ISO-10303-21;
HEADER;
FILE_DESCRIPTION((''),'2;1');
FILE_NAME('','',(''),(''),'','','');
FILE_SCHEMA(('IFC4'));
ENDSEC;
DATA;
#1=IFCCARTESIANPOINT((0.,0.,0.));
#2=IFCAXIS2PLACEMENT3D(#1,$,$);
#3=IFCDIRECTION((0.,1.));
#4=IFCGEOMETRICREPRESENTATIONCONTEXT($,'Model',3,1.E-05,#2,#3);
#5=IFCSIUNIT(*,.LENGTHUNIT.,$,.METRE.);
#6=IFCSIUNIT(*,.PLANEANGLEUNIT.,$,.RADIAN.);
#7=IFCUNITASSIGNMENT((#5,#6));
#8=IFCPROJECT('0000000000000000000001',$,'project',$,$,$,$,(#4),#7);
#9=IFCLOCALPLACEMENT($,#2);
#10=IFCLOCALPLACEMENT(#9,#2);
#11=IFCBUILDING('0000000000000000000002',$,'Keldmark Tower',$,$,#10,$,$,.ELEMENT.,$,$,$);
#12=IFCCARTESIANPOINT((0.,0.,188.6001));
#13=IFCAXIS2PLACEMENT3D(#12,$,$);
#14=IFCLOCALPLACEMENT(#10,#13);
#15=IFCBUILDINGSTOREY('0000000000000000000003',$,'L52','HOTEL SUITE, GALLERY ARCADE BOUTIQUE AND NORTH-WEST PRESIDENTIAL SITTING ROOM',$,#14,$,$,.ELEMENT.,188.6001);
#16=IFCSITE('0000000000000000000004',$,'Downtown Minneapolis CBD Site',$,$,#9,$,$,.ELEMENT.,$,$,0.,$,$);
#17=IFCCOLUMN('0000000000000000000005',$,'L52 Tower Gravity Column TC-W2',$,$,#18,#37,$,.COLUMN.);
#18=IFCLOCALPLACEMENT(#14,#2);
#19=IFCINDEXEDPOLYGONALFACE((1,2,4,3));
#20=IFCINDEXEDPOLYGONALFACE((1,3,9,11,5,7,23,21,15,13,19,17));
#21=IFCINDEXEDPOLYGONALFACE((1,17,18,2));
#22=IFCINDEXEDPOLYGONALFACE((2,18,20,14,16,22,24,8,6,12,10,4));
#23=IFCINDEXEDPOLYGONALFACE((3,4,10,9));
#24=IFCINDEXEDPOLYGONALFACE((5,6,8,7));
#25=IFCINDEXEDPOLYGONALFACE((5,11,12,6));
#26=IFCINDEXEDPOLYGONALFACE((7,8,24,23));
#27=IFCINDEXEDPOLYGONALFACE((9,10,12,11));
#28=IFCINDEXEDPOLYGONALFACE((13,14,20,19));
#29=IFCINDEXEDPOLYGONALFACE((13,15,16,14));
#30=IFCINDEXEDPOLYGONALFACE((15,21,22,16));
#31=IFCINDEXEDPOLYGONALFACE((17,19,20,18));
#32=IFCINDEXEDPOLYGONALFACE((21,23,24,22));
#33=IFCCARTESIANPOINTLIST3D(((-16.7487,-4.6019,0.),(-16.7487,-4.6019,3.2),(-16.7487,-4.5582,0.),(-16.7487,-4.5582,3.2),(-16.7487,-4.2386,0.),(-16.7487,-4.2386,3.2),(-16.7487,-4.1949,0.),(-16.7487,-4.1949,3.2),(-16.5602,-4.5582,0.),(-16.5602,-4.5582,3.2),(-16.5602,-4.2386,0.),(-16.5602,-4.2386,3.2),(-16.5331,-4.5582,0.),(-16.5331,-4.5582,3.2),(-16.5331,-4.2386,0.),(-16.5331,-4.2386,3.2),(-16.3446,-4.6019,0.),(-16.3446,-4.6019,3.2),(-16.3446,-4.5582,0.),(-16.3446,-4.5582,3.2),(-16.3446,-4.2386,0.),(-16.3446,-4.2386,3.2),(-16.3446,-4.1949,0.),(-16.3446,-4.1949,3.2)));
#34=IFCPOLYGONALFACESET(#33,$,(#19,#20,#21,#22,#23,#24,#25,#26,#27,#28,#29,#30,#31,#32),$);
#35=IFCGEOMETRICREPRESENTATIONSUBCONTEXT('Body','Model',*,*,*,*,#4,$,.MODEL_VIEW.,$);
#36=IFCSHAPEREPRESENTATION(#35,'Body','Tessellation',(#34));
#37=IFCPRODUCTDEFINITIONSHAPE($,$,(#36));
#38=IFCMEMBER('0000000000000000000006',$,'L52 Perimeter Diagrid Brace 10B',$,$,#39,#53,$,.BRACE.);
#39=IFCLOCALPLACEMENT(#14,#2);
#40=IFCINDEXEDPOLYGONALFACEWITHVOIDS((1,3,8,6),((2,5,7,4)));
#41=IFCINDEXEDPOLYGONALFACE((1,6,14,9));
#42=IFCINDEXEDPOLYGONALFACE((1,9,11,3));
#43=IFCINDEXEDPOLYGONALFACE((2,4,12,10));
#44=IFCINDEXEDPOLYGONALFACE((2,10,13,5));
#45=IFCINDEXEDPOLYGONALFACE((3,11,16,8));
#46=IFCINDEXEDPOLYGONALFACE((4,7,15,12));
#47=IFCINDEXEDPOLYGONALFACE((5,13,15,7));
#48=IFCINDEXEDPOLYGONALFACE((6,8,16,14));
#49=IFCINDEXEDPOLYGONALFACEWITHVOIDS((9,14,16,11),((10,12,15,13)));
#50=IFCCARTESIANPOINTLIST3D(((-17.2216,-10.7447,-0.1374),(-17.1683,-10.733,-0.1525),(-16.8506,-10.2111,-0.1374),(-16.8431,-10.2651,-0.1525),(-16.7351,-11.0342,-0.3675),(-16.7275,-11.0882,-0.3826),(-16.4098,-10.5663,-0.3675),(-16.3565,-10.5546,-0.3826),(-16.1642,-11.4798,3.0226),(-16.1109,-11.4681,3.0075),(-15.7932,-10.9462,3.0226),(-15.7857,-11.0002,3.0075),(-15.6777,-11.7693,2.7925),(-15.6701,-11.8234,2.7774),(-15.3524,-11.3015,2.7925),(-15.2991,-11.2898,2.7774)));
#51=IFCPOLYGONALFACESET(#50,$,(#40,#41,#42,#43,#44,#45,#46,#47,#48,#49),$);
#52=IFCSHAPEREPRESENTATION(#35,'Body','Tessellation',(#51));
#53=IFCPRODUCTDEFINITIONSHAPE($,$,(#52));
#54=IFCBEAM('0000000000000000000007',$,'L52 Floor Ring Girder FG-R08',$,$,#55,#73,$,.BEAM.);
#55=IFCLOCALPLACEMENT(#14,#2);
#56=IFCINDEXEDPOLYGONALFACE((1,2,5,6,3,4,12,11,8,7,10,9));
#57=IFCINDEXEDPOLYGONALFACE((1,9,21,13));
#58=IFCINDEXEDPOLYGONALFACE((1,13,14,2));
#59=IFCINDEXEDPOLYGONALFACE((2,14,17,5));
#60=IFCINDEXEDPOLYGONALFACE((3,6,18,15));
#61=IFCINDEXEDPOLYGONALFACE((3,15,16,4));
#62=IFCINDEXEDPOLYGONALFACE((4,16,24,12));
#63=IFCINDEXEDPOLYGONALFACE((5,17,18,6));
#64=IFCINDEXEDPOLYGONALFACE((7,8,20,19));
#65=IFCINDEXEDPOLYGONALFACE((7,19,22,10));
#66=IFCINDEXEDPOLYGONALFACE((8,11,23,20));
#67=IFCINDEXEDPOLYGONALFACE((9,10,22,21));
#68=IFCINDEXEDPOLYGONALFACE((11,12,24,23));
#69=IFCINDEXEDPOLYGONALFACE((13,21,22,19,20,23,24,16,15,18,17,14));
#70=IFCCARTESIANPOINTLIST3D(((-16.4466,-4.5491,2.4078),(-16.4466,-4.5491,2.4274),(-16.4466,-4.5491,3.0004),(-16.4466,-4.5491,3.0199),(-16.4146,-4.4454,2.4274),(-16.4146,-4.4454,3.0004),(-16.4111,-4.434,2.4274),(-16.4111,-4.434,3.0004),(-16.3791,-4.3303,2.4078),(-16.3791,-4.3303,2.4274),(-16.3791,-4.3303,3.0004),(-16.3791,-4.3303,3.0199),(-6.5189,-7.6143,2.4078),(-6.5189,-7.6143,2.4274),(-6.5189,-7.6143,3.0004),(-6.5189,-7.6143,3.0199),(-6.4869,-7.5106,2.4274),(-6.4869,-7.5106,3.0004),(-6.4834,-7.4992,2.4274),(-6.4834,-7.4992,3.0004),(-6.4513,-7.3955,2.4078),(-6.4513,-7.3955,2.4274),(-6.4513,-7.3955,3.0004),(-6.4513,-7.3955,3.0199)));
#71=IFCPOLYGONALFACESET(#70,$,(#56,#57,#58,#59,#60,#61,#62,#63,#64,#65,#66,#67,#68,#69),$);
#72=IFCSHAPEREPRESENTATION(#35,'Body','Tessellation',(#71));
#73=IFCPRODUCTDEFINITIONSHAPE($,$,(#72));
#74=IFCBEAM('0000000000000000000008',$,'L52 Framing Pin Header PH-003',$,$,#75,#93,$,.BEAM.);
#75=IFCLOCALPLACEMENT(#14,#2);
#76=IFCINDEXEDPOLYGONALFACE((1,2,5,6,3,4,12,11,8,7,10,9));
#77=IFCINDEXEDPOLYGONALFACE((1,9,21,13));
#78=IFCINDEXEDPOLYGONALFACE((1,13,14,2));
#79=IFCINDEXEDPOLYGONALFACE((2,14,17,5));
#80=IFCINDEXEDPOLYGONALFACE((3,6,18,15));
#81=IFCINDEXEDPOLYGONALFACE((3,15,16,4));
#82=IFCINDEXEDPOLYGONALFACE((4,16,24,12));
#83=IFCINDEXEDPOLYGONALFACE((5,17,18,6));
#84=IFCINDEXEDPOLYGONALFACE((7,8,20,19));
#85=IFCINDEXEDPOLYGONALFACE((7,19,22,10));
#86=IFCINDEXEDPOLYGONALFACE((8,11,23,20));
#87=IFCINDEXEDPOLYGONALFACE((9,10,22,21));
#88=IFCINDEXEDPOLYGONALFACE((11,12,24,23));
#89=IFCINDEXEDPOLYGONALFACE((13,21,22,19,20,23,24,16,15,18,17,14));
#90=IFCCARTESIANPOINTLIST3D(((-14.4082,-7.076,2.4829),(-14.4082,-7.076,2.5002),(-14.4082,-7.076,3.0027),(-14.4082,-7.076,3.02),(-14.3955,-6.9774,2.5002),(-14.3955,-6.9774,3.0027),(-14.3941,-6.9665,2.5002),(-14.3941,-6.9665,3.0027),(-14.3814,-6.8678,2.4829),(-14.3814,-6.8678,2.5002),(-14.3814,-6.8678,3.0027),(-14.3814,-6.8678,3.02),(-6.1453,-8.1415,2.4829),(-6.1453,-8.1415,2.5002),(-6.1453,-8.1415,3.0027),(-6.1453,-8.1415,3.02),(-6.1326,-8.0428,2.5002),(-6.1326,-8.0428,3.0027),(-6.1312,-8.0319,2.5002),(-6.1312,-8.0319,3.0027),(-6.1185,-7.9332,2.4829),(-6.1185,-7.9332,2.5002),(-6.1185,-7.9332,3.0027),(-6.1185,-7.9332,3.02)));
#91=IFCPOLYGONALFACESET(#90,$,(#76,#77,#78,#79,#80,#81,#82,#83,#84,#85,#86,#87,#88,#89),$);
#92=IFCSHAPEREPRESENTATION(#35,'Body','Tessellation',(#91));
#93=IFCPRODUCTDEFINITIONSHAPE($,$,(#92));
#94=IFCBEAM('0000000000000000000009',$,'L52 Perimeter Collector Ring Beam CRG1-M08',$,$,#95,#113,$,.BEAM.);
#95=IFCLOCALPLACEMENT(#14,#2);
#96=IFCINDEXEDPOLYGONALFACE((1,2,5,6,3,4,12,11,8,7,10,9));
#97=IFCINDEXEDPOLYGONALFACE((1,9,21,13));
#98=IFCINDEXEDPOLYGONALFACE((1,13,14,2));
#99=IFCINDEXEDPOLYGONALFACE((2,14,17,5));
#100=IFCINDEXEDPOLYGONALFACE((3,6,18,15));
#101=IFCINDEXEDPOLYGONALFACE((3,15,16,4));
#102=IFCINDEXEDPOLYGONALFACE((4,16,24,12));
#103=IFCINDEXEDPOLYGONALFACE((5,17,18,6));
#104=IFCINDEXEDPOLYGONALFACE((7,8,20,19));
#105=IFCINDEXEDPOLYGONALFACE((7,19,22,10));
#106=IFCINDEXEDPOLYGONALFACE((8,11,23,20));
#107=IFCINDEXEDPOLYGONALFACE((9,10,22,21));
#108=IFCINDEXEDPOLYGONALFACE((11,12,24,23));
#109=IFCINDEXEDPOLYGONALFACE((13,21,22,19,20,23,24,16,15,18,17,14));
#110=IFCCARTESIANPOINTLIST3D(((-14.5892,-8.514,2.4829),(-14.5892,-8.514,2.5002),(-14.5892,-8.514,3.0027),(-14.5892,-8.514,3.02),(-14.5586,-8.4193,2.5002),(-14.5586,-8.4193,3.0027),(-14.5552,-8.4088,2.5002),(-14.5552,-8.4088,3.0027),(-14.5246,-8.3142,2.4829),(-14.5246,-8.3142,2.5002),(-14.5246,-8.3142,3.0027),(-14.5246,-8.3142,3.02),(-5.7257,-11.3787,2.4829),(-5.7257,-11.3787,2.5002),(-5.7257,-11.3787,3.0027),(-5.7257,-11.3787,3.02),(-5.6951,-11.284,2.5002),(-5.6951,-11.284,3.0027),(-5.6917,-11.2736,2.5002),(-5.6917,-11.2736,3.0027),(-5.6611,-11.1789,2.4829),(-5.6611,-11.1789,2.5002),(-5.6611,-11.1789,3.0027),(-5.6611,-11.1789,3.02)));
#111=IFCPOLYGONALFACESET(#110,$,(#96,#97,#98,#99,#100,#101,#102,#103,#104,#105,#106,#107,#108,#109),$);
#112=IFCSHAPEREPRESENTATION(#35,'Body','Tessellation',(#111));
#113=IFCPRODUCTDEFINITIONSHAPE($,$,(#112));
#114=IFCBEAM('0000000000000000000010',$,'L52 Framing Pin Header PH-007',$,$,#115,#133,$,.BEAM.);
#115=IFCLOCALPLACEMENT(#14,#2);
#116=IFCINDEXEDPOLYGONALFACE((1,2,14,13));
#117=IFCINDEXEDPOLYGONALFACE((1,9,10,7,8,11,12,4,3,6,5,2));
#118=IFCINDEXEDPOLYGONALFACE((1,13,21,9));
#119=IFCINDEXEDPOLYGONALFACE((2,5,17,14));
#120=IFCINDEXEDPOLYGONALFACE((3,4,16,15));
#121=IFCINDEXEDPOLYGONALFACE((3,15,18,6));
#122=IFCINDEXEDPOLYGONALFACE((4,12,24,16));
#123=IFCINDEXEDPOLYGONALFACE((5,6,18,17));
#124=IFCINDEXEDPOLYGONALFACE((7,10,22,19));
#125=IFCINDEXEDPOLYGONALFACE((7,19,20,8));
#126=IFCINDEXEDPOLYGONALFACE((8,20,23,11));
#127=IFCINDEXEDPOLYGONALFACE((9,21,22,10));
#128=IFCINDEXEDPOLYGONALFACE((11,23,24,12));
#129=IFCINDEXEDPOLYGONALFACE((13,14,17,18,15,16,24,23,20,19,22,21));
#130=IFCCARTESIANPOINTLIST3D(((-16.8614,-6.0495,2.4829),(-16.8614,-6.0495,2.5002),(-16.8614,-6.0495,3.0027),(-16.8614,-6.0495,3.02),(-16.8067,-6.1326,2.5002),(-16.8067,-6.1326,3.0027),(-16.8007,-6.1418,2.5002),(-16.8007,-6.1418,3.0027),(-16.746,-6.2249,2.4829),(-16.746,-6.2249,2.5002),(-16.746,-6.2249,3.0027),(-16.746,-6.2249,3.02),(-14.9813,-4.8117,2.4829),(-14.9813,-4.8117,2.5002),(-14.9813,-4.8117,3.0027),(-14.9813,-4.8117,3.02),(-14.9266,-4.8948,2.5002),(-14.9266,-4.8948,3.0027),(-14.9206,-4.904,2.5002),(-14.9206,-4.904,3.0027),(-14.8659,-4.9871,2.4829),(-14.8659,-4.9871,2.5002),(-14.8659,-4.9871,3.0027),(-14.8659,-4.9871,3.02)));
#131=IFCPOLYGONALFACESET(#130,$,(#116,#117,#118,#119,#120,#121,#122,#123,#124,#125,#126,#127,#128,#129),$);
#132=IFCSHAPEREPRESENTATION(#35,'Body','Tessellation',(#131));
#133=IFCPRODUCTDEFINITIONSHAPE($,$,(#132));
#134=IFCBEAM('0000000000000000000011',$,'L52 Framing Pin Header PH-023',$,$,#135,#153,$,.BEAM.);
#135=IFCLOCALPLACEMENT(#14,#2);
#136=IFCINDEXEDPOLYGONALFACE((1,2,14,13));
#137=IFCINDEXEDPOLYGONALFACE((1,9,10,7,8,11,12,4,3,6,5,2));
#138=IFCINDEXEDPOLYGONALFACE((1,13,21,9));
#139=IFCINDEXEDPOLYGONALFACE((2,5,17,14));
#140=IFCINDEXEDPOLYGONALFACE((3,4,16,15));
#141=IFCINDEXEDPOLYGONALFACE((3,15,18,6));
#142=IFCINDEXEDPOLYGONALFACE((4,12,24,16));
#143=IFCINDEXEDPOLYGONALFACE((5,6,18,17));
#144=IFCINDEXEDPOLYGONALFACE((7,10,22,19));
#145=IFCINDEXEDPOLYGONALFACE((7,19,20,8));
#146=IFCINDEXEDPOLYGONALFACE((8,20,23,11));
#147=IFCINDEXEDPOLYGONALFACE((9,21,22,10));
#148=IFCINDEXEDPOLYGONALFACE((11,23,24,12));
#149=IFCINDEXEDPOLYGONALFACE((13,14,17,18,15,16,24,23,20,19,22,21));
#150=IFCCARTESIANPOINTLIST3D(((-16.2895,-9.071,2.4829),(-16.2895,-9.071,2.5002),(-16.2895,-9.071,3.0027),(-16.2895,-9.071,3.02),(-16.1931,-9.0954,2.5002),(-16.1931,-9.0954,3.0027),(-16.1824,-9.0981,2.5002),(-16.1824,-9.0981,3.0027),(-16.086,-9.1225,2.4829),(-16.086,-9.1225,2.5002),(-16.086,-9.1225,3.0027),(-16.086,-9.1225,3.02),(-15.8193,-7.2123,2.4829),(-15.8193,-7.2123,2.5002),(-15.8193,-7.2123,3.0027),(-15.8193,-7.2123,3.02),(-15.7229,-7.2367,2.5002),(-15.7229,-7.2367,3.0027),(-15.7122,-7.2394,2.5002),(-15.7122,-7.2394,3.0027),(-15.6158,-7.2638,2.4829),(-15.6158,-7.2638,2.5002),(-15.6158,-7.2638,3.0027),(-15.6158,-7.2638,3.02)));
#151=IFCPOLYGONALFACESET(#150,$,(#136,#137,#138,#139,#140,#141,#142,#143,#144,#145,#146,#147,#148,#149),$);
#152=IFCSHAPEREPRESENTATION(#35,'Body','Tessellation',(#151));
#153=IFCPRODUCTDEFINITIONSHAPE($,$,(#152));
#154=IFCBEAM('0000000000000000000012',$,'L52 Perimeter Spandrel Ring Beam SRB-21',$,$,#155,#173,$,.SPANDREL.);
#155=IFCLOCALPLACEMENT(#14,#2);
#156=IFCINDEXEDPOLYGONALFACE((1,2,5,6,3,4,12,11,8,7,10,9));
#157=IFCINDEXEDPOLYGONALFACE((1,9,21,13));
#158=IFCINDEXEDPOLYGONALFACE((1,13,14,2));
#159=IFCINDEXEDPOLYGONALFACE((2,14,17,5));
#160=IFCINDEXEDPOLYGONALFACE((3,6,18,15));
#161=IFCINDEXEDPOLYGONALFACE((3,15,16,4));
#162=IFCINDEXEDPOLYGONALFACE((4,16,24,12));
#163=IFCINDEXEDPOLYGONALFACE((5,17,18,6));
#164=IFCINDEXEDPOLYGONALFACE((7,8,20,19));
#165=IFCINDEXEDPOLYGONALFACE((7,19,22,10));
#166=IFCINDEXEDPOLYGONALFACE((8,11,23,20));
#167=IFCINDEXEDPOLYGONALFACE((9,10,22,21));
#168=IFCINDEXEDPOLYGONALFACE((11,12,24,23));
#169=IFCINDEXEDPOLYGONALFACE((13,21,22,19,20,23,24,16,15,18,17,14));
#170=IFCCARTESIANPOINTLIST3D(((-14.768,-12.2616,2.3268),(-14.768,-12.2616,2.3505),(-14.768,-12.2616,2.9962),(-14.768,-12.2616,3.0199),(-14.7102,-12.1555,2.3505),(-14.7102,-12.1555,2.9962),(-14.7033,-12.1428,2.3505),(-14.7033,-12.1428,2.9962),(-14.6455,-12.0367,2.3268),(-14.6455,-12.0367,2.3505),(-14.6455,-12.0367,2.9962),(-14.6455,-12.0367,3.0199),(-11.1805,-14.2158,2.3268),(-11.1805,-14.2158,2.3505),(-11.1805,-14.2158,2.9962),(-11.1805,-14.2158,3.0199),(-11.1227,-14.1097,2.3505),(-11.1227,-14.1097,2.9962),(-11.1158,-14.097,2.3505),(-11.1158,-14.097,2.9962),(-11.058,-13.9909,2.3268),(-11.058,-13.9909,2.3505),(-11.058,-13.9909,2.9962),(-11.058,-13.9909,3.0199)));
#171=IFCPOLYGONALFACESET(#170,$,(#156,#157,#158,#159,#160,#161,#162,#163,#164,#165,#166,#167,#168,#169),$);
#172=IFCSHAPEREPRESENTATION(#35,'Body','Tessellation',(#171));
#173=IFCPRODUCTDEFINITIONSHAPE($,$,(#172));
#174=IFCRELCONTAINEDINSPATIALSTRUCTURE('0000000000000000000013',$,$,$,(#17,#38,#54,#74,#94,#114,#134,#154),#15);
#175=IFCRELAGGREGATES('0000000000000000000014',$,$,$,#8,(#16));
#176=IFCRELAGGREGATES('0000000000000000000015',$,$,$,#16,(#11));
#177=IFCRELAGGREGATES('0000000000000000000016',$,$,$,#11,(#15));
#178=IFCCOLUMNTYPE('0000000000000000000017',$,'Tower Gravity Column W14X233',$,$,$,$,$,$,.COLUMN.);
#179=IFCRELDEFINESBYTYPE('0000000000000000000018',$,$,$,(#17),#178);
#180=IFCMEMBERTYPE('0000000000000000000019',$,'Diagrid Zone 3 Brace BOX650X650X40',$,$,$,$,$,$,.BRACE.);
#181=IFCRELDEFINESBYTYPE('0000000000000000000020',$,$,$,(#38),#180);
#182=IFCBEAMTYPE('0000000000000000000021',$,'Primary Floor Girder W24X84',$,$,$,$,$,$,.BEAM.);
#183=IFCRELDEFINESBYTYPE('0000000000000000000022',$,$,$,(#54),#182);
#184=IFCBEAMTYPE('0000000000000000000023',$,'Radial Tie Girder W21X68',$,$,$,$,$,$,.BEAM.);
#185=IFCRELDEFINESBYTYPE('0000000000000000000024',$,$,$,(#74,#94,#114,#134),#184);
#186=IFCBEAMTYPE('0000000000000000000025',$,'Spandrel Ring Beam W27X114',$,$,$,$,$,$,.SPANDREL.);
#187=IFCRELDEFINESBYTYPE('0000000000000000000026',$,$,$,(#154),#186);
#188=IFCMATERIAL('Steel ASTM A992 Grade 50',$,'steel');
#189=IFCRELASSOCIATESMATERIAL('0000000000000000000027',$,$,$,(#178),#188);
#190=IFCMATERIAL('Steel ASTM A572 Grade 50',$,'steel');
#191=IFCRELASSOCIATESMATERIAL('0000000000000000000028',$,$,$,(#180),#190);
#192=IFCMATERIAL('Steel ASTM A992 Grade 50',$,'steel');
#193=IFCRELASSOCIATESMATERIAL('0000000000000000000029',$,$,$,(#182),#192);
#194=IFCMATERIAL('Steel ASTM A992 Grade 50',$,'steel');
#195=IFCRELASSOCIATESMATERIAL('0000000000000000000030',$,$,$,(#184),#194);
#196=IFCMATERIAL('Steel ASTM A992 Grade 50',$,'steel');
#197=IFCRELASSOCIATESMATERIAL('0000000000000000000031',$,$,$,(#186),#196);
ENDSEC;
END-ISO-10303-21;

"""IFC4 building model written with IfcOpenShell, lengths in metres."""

from ifc_helpers import new_model, si_unit, direction, frame, origin, origin_2d, place, context, subcontext, project, spatial, hollow_rectangle, i_section, extrude, material, material_profile, profile_set, type_object, element, save


model = new_model("IFC4")

# Units and contexts
model_context = context("Model", 3, precision=1e-05, world=origin(), true_north=direction((0.0, 1.0)))
body_context = subcontext(model_context, "Body", "Model", "MODEL_VIEW")
ifc_project = project(units=[si_unit("LENGTHUNIT", "METRE"), si_unit("PLANEANGLEUNIT", "RADIAN")], contexts=[model_context])

# Site, building, storey
site_placement = place(None, origin())
site = spatial("IfcSite", under=ifc_project, at=site_placement, Name="Downtown Minneapolis CBD Site", CompositionType="ELEMENT", RefElevation=0.0)
building_placement = place(site_placement, origin())
building = spatial("IfcBuilding", under=site, at=building_placement, Name="Keldmark Tower", CompositionType="ELEMENT")
storey_placement = place(building_placement, frame((0.0, 0.0, 188.6001)))
storey = spatial("IfcBuildingStorey", under=building, at=storey_placement, Name="L52", Description="HOTEL SUITE, GALLERY ARCADE BOUTIQUE AND NORTH-WEST PRESIDENTIAL SITTING ROOM", CompositionType="ELEMENT", Elevation=188.6001)

# Column
ifc_material_1 = material(Name="Steel ASTM A992 Grade 50", Category="steel")
ifc_material_profile_1 = material_profile(ifc_material_1, i_section(OverallWidth=0.4041, OverallDepth=0.407, WebThickness=0.0271, FlangeThickness=0.0437, at=origin_2d()), Name="W14X233")
ifc_profile_set_1 = profile_set([ifc_material_profile_1], Name="Steel ASTM A992 Grade 50")
column_type = type_object("IfcColumnType", Name="Tower Gravity Column W14X233", PredefinedType="COLUMN", material=ifc_profile_set_1)
column_placement = place(storey_placement, frame((-16.5466, -4.3984, 0.0), z_axis=(0.0, 0.0, 1.0), x_axis=(1.0, 0.0, 0.0)))
element("IfcColumn", 1, at=column_placement, inside=storey, type_object=column_type, Name="L52 Tower Gravity Column TC-W2", PredefinedType="COLUMN", context=body_context, shape_type="SweptSolid", body=[
    extrude(i_section(OverallWidth=0.4041, OverallDepth=0.407, WebThickness=0.0271, FlangeThickness=0.0437, at=origin_2d()), origin(), (0.0, 0.0, 1.0), 3.2),
])

# Member
ifc_material_2 = material(Name="Steel ASTM A572 Grade 50", Category="steel")
ifc_material_profile_2 = material_profile(ifc_material_2, hollow_rectangle(XDim=0.6499, YDim=0.6499, WallThickness=0.04, at=origin_2d()), Name="BOX650X650X40")
ifc_profile_set_2 = profile_set([ifc_material_profile_2], Name="Steel ASTM A572 Grade 50")
member_type = type_object("IfcMemberType", Name="Diagrid Zone 3 Brace BOX650X650X40", PredefinedType="BRACE", material=ifc_profile_set_2)
member_placement = place(storey_placement, frame((-16.7891, -10.6497, -0.26), z_axis=(0.309875, -0.215432, 0.926049), x_axis=(0.570826, 0.821071, 0.0)))
element("IfcMember", 2, at=member_placement, inside=storey, type_object=member_type, Name="L52 Perimeter Diagrid Brace 10B", PredefinedType="BRACE", context=body_context, shape_type="SweptSolid", body=[
    extrude(hollow_rectangle(XDim=0.6499, YDim=0.6499, WallThickness=0.04, at=origin_2d()), origin(), (0.0, 0.0, 1.0), 3.4124),
])

# Beams
ifc_material_3 = material(Name="Steel ASTM A992 Grade 50", Category="steel")
ifc_material_profile_3 = material_profile(ifc_material_3, i_section(OverallWidth=0.229, OverallDepth=0.6121, WebThickness=0.012, FlangeThickness=0.0195, at=origin_2d()), Name="W24X84")
ifc_profile_set_3 = profile_set([ifc_material_profile_3], Name="Steel ASTM A992 Grade 50")
beam_type_1 = type_object("IfcBeamType", Name="Primary Floor Girder W24X84", PredefinedType="BEAM", material=ifc_profile_set_3)
beam_1_placement = place(storey_placement, frame((-16.4128, -4.4397, 2.7139), z_axis=(0.955495, -0.295009, 0.0), x_axis=(0.295009, 0.955495, 0.0)))
element("IfcBeam", 3, at=beam_1_placement, inside=storey, type_object=beam_type_1, Name="L52 Floor Ring Girder FG-R08", PredefinedType="BEAM", context=body_context, shape_type="SweptSolid", body=[
    extrude(i_section(OverallWidth=0.229, OverallDepth=0.6121, WebThickness=0.012, FlangeThickness=0.0195, at=origin_2d()), origin(), (0.0, 0.0, 1.0), 10.3901),
])
ifc_material_4 = material(Name="Steel ASTM A992 Grade 50", Category="steel")
ifc_material_profile_4 = material_profile(ifc_material_4, i_section(OverallWidth=0.21, OverallDepth=0.5371, WebThickness=0.011, FlangeThickness=0.0173, at=origin_2d()), Name="W21X68")
ifc_profile_set_4 = profile_set([ifc_material_profile_4], Name="Steel ASTM A992 Grade 50")
beam_type_2 = type_object("IfcBeamType", Name="Radial Tie Girder W21X68", PredefinedType="BEAM", material=ifc_profile_set_4)
beam_2_placement = place(storey_placement, frame((-14.3948, -6.9719, 2.7515), z_axis=(0.991789, -0.127882, 0.0), x_axis=(0.127882, 0.991789, 0.0)))
element("IfcBeam", 4, at=beam_2_placement, inside=storey, type_object=beam_type_2, Name="L52 Framing Pin Header PH-003", PredefinedType="BEAM", context=body_context, shape_type="SweptSolid", body=[
    extrude(i_section(OverallWidth=0.21, OverallDepth=0.5371, WebThickness=0.011, FlangeThickness=0.0173, at=origin_2d()), origin(), (0.0, 0.0, 1.0), 8.3313),
])
beam_3_placement = place(storey_placement, frame((-14.5569, -8.4141, 2.7515), z_axis=(0.951535, -0.307542, 0.0), x_axis=(0.307542, 0.951535, 0.0)))
element("IfcBeam", 5, at=beam_3_placement, inside=storey, type_object=beam_type_2, Name="L52 Perimeter Collector Ring Beam CRG1-M08", PredefinedType="BEAM", context=body_context, shape_type="SweptSolid", body=[
    extrude(i_section(OverallWidth=0.21, OverallDepth=0.5371, WebThickness=0.011, FlangeThickness=0.0173, at=origin_2d()), origin(), (0.0, 0.0, 1.0), 9.3149),
])
beam_4_placement = place(storey_placement, frame((-14.9236, -4.8994, 2.7515), z_axis=(-0.83524, -0.549885, 0.0), x_axis=(0.549885, -0.83524, 0.0)))
element("IfcBeam", 6, at=beam_4_placement, inside=storey, type_object=beam_type_2, Name="L52 Framing Pin Header PH-007", PredefinedType="BEAM", context=body_context, shape_type="SweptSolid", body=[
    extrude(i_section(OverallWidth=0.21, OverallDepth=0.5371, WebThickness=0.011, FlangeThickness=0.0173, at=origin_2d()), origin(), (0.0, 0.0, 1.0), 2.251),
])
beam_5_placement = place(storey_placement, frame((-15.7175, -7.238, 2.7515), z_axis=(-0.245261, -0.969457, 0.0), x_axis=(0.969457, -0.245261, 0.0)))
element("IfcBeam", 7, at=beam_5_placement, inside=storey, type_object=beam_type_2, Name="L52 Framing Pin Header PH-023", PredefinedType="BEAM", context=body_context, shape_type="SweptSolid", body=[
    extrude(i_section(OverallWidth=0.21, OverallDepth=0.5371, WebThickness=0.011, FlangeThickness=0.0173, at=origin_2d()), origin(), (0.0, 0.0, 1.0), 1.9172),
])
ifc_material_5 = material(Name="Steel ASTM A992 Grade 50", Category="steel")
ifc_material_profile_5 = material_profile(ifc_material_5, i_section(OverallWidth=0.2561, OverallDepth=0.6931, WebThickness=0.0144, FlangeThickness=0.0237, at=origin_2d()), Name="W27X114")
ifc_profile_set_5 = profile_set([ifc_material_profile_5], Name="Steel ASTM A992 Grade 50")
beam_type_3 = type_object("IfcBeamType", Name="Spandrel Ring Beam W27X114", PredefinedType="SPANDREL", material=ifc_profile_set_5)
beam_6_placement = place(storey_placement, frame((-14.7068, -12.1492, 2.6733), z_axis=(0.87817, -0.47835, 0.0), x_axis=(0.47835, 0.87817, 0.0)))
element("IfcBeam", 8, at=beam_6_placement, inside=storey, type_object=beam_type_3, Name="L52 Perimeter Spandrel Ring Beam SRB-21", PredefinedType="SPANDREL", context=body_context, shape_type="SweptSolid", body=[
    extrude(i_section(OverallWidth=0.2561, OverallDepth=0.6931, WebThickness=0.0144, FlangeThickness=0.0237, at=origin_2d()), origin(), (0.0, 0.0, 1.0), 4.0852),
])

save(model, "model.ifc")
